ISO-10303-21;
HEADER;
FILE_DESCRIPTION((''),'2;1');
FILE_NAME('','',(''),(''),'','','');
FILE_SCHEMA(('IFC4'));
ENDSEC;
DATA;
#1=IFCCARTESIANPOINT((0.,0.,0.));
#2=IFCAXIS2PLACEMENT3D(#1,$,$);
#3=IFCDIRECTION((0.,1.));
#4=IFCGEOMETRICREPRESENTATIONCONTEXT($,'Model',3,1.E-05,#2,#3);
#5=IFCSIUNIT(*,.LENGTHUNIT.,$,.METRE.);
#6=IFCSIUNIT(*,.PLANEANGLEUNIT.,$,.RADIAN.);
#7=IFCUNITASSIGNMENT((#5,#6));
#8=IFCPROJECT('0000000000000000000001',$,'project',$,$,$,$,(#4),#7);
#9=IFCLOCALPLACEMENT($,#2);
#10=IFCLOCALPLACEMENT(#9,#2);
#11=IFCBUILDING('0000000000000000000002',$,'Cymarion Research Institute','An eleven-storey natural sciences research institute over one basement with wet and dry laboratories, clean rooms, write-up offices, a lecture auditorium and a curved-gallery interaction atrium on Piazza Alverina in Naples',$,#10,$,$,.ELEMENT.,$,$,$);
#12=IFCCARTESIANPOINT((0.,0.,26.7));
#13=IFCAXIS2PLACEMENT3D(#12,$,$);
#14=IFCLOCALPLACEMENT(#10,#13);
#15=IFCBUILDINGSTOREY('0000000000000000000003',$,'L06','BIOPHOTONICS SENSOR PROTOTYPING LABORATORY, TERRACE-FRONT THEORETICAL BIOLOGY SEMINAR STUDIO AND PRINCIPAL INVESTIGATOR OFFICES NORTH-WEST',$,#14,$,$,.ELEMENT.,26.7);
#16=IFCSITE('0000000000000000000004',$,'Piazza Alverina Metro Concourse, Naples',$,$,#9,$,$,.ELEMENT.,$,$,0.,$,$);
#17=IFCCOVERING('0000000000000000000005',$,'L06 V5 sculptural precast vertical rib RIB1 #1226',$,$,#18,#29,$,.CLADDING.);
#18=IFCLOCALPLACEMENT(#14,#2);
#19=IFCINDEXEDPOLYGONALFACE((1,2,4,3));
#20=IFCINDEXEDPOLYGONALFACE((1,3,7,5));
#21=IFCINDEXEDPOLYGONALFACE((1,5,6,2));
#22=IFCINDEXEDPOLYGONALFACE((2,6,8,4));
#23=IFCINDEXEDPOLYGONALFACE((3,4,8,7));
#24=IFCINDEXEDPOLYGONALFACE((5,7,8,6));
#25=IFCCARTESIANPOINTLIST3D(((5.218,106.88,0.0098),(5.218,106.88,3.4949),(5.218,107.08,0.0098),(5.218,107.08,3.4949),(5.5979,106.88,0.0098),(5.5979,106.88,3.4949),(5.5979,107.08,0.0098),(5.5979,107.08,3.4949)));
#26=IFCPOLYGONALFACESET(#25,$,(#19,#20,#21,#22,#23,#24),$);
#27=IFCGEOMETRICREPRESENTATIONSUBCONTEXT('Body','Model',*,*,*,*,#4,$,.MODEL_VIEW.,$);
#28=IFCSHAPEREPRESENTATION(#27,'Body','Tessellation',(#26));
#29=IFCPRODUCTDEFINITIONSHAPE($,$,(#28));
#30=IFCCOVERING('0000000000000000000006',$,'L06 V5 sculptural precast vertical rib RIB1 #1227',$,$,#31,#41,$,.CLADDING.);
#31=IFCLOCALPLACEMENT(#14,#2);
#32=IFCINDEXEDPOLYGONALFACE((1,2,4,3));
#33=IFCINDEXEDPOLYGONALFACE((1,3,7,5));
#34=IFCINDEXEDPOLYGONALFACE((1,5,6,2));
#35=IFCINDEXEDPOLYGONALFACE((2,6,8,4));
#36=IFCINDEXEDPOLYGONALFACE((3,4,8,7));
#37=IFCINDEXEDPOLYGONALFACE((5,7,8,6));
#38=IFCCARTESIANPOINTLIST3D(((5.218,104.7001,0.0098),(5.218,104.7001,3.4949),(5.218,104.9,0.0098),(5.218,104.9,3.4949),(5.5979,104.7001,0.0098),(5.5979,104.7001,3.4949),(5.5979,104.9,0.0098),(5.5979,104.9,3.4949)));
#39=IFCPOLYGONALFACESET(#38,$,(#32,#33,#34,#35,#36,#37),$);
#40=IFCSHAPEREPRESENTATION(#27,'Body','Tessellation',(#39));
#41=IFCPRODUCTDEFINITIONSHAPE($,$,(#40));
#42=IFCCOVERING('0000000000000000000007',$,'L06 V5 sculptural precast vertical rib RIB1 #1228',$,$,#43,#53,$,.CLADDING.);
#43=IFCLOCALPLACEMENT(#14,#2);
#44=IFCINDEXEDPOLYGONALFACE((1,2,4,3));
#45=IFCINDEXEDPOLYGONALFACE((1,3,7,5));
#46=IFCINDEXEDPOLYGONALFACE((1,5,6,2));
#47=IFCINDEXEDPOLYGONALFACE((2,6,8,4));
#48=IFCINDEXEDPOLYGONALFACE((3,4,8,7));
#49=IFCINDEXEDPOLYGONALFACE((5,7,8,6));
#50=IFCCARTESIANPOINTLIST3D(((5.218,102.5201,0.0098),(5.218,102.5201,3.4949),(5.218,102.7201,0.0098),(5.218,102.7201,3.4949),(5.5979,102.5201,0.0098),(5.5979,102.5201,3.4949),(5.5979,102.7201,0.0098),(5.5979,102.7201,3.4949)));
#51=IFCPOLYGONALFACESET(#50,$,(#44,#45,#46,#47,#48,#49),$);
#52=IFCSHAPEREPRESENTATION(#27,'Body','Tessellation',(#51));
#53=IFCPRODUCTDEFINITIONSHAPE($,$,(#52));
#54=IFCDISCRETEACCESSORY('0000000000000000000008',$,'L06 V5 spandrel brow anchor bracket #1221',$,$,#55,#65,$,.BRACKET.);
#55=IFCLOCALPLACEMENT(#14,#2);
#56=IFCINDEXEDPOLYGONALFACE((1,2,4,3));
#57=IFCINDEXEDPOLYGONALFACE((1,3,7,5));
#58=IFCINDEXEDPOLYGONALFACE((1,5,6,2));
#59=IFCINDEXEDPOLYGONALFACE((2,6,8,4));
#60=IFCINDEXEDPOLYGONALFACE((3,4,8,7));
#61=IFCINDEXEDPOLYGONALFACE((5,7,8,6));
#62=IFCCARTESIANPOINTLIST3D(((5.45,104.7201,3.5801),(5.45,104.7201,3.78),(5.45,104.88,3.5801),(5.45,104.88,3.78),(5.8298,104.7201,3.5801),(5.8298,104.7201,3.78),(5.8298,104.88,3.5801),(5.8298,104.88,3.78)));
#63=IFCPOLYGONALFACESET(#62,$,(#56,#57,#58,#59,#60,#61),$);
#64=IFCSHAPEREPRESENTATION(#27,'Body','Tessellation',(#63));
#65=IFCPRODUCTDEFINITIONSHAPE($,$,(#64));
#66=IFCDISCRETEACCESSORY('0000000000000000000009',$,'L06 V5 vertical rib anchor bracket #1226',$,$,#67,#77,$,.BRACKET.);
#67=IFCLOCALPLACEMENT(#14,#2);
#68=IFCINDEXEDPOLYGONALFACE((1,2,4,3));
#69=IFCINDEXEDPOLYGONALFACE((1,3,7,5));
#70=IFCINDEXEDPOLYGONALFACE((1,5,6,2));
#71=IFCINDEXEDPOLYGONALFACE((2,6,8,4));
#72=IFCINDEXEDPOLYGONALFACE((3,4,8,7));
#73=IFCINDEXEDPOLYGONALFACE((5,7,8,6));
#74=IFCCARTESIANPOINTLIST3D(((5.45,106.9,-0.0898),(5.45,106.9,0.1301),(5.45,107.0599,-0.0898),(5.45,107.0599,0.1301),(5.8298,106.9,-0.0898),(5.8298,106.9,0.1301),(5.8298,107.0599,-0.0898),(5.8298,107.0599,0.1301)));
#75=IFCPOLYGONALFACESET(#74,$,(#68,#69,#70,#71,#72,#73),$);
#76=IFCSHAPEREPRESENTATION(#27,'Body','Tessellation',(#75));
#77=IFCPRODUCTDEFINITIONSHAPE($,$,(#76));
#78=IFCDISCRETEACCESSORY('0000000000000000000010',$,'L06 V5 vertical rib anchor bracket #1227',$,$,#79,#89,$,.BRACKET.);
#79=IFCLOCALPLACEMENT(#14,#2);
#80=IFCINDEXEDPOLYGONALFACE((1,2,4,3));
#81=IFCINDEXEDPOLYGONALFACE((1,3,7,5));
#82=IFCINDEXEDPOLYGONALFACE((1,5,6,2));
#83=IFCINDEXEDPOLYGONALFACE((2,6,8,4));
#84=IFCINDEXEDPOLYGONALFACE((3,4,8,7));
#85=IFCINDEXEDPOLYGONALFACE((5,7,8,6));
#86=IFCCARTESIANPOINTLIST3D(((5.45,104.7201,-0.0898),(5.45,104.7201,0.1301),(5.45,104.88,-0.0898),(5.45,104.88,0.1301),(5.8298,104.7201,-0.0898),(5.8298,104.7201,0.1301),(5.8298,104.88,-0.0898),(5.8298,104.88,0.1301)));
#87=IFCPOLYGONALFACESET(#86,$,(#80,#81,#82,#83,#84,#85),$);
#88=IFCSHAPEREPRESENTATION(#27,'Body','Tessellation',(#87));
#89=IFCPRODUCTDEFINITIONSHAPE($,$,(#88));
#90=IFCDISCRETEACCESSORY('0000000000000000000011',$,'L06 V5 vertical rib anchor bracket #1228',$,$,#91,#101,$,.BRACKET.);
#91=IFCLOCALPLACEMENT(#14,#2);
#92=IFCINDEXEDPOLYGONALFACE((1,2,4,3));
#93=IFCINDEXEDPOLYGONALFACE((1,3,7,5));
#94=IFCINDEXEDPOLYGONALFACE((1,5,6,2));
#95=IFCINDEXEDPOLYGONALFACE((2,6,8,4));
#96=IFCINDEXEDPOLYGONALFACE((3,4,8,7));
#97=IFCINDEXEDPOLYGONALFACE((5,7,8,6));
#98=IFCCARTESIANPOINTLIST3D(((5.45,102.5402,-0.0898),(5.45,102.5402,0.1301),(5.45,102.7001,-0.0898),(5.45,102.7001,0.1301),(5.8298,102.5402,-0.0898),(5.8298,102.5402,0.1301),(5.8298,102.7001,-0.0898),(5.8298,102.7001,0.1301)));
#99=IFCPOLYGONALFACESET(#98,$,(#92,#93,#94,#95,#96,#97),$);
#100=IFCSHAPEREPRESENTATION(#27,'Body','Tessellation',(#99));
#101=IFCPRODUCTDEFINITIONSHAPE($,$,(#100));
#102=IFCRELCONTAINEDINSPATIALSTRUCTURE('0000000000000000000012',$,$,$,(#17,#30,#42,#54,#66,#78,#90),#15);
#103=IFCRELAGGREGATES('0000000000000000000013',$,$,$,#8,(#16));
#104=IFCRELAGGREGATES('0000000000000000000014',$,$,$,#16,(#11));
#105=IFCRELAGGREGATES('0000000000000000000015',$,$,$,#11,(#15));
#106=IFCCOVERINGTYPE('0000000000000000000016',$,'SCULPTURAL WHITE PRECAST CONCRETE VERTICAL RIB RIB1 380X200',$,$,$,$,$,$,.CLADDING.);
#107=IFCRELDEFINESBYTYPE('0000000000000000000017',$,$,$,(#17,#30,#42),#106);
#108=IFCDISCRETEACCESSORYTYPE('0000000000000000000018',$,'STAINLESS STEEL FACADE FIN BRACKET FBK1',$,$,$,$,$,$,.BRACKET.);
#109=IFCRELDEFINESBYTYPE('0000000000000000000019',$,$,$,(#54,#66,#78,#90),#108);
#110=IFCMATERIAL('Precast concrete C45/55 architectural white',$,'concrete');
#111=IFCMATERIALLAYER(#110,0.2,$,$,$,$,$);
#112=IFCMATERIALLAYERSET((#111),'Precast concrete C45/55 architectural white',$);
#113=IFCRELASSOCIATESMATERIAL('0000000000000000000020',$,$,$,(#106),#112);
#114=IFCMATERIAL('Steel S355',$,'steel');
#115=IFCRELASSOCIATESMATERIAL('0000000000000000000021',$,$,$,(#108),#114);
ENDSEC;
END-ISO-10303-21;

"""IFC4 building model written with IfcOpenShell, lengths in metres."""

from ifc_helpers import new_model, si_unit, direction, frame, origin, origin_2d, place, context, subcontext, project, spatial, rectangle, extrude, material, layer, layer_set, type_object, element, save


model = new_model("IFC4")

# Units and contexts
model_context = context("Model", 3, precision=1e-05, world=origin(), true_north=direction((0.0, 1.0)))
body_context = subcontext(model_context, "Body", "Model", "MODEL_VIEW")
ifc_project = project(units=[si_unit("LENGTHUNIT", "METRE"), si_unit("PLANEANGLEUNIT", "RADIAN")], contexts=[model_context])

# Site, building, storey
site_placement = place(None, origin())
site = spatial("IfcSite", under=ifc_project, at=site_placement, Name="Piazza Alverina Metro Concourse, Naples", CompositionType="ELEMENT", RefElevation=0.0)
building_placement = place(site_placement, origin())
building = spatial("IfcBuilding", under=site, at=building_placement, Name="Cymarion Research Institute", Description="An eleven-storey natural sciences research institute over one basement with wet and dry laboratories, clean rooms, write-up offices, a lecture auditorium and a curved-gallery interaction atrium on Piazza Alverina in Naples", CompositionType="ELEMENT")
storey_placement = place(building_placement, frame((0.0, 0.0, 26.7)))
storey = spatial("IfcBuildingStorey", under=building, at=storey_placement, Name="L06", Description="BIOPHOTONICS SENSOR PROTOTYPING LABORATORY, TERRACE-FRONT THEORETICAL BIOLOGY SEMINAR STUDIO AND PRINCIPAL INVESTIGATOR OFFICES NORTH-WEST", CompositionType="ELEMENT", Elevation=26.7)

# Coverings
ifc_material_1 = material(Name="Precast concrete C45/55 architectural white", Category="concrete")
ifc_layer_1 = layer(ifc_material_1, 0.2)
ifc_layer_set_1 = layer_set([ifc_layer_1], Name="Precast concrete C45/55 architectural white")
covering_type_1 = type_object("IfcCoveringType", Name="SCULPTURAL WHITE PRECAST CONCRETE VERTICAL RIB RIB1 380X200", PredefinedType="CLADDING", material=ifc_layer_set_1)
for number, where, z_axis, x_axis, name in (
    (1, (5.408, 106.98, 0.0098), (0.0, 0.0, 1.0), (-1.0, 0.0, 0.0), "L06 V5 sculptural precast vertical rib RIB1 #1226"),
    (2, (5.408, 104.8, 0.0098), (0.0, 0.0, 1.0), (-1.0, 0.0, 0.0), "L06 V5 sculptural precast vertical rib RIB1 #1227"),
    (3, (5.408, 102.6201, 0.0098), (0.0, 0.0, 1.0), (-1.0, 0.0, 0.0), "L06 V5 sculptural precast vertical rib RIB1 #1228"),
):
    element("IfcCovering", number, at=place(storey_placement, frame(where, z_axis=z_axis, x_axis=x_axis)), inside=storey, type_object=covering_type_1, Name=name, PredefinedType="CLADDING", context=body_context, shape_type="SweptSolid", body=[
        extrude(rectangle(XDim=0.3799, YDim=0.2, at=origin_2d()), origin(), (0.0, 0.0, 1.0), 3.4851),
    ])

# Discrete accessories
ifc_material_2 = material(Name="Steel S355", Category="steel")
discrete_accessory_type = type_object("IfcDiscreteAccessoryType", Name="STAINLESS STEEL FACADE FIN BRACKET FBK1", PredefinedType="BRACKET", material=ifc_material_2)
discrete_accessory_placement = place(storey_placement, frame((5.6399, 104.8, 3.5801), z_axis=(0.0, 0.0, 1.0), x_axis=(-1.0, 0.0, 0.0)))
element("IfcDiscreteAccessory", 4, at=discrete_accessory_placement, inside=storey, type_object=discrete_accessory_type, Name="L06 V5 spandrel brow anchor bracket #1221", PredefinedType="BRACKET", context=body_context, shape_type="SweptSolid", body=[
    extrude(rectangle(XDim=0.3799, YDim=0.1599, at=origin_2d()), origin(), (0.0, 0.0, 1.0), 0.2),
])
for number, where, z_axis, x_axis, name in (
    (5, (5.6399, 106.98, -0.0898), (0.0, 0.0, 1.0), (-1.0, 0.0, 0.0), "L06 V5 vertical rib anchor bracket #1226"),
    (6, (5.6399, 104.8, -0.0898), (0.0, 0.0, 1.0), (-1.0, 0.0, 0.0), "L06 V5 vertical rib anchor bracket #1227"),
    (7, (5.6399, 102.6201, -0.0898), (0.0, 0.0, 1.0), (-1.0, 0.0, 0.0), "L06 V5 vertical rib anchor bracket #1228"),
):
    element("IfcDiscreteAccessory", number, at=place(storey_placement, frame(where, z_axis=z_axis, x_axis=x_axis)), inside=storey, type_object=discrete_accessory_type, Name=name, PredefinedType="BRACKET", context=body_context, shape_type="SweptSolid", body=[
        extrude(rectangle(XDim=0.3799, YDim=0.1599, at=origin_2d()), origin(), (0.0, 0.0, 1.0), 0.22),
    ])

save(model, "model.ifc")
